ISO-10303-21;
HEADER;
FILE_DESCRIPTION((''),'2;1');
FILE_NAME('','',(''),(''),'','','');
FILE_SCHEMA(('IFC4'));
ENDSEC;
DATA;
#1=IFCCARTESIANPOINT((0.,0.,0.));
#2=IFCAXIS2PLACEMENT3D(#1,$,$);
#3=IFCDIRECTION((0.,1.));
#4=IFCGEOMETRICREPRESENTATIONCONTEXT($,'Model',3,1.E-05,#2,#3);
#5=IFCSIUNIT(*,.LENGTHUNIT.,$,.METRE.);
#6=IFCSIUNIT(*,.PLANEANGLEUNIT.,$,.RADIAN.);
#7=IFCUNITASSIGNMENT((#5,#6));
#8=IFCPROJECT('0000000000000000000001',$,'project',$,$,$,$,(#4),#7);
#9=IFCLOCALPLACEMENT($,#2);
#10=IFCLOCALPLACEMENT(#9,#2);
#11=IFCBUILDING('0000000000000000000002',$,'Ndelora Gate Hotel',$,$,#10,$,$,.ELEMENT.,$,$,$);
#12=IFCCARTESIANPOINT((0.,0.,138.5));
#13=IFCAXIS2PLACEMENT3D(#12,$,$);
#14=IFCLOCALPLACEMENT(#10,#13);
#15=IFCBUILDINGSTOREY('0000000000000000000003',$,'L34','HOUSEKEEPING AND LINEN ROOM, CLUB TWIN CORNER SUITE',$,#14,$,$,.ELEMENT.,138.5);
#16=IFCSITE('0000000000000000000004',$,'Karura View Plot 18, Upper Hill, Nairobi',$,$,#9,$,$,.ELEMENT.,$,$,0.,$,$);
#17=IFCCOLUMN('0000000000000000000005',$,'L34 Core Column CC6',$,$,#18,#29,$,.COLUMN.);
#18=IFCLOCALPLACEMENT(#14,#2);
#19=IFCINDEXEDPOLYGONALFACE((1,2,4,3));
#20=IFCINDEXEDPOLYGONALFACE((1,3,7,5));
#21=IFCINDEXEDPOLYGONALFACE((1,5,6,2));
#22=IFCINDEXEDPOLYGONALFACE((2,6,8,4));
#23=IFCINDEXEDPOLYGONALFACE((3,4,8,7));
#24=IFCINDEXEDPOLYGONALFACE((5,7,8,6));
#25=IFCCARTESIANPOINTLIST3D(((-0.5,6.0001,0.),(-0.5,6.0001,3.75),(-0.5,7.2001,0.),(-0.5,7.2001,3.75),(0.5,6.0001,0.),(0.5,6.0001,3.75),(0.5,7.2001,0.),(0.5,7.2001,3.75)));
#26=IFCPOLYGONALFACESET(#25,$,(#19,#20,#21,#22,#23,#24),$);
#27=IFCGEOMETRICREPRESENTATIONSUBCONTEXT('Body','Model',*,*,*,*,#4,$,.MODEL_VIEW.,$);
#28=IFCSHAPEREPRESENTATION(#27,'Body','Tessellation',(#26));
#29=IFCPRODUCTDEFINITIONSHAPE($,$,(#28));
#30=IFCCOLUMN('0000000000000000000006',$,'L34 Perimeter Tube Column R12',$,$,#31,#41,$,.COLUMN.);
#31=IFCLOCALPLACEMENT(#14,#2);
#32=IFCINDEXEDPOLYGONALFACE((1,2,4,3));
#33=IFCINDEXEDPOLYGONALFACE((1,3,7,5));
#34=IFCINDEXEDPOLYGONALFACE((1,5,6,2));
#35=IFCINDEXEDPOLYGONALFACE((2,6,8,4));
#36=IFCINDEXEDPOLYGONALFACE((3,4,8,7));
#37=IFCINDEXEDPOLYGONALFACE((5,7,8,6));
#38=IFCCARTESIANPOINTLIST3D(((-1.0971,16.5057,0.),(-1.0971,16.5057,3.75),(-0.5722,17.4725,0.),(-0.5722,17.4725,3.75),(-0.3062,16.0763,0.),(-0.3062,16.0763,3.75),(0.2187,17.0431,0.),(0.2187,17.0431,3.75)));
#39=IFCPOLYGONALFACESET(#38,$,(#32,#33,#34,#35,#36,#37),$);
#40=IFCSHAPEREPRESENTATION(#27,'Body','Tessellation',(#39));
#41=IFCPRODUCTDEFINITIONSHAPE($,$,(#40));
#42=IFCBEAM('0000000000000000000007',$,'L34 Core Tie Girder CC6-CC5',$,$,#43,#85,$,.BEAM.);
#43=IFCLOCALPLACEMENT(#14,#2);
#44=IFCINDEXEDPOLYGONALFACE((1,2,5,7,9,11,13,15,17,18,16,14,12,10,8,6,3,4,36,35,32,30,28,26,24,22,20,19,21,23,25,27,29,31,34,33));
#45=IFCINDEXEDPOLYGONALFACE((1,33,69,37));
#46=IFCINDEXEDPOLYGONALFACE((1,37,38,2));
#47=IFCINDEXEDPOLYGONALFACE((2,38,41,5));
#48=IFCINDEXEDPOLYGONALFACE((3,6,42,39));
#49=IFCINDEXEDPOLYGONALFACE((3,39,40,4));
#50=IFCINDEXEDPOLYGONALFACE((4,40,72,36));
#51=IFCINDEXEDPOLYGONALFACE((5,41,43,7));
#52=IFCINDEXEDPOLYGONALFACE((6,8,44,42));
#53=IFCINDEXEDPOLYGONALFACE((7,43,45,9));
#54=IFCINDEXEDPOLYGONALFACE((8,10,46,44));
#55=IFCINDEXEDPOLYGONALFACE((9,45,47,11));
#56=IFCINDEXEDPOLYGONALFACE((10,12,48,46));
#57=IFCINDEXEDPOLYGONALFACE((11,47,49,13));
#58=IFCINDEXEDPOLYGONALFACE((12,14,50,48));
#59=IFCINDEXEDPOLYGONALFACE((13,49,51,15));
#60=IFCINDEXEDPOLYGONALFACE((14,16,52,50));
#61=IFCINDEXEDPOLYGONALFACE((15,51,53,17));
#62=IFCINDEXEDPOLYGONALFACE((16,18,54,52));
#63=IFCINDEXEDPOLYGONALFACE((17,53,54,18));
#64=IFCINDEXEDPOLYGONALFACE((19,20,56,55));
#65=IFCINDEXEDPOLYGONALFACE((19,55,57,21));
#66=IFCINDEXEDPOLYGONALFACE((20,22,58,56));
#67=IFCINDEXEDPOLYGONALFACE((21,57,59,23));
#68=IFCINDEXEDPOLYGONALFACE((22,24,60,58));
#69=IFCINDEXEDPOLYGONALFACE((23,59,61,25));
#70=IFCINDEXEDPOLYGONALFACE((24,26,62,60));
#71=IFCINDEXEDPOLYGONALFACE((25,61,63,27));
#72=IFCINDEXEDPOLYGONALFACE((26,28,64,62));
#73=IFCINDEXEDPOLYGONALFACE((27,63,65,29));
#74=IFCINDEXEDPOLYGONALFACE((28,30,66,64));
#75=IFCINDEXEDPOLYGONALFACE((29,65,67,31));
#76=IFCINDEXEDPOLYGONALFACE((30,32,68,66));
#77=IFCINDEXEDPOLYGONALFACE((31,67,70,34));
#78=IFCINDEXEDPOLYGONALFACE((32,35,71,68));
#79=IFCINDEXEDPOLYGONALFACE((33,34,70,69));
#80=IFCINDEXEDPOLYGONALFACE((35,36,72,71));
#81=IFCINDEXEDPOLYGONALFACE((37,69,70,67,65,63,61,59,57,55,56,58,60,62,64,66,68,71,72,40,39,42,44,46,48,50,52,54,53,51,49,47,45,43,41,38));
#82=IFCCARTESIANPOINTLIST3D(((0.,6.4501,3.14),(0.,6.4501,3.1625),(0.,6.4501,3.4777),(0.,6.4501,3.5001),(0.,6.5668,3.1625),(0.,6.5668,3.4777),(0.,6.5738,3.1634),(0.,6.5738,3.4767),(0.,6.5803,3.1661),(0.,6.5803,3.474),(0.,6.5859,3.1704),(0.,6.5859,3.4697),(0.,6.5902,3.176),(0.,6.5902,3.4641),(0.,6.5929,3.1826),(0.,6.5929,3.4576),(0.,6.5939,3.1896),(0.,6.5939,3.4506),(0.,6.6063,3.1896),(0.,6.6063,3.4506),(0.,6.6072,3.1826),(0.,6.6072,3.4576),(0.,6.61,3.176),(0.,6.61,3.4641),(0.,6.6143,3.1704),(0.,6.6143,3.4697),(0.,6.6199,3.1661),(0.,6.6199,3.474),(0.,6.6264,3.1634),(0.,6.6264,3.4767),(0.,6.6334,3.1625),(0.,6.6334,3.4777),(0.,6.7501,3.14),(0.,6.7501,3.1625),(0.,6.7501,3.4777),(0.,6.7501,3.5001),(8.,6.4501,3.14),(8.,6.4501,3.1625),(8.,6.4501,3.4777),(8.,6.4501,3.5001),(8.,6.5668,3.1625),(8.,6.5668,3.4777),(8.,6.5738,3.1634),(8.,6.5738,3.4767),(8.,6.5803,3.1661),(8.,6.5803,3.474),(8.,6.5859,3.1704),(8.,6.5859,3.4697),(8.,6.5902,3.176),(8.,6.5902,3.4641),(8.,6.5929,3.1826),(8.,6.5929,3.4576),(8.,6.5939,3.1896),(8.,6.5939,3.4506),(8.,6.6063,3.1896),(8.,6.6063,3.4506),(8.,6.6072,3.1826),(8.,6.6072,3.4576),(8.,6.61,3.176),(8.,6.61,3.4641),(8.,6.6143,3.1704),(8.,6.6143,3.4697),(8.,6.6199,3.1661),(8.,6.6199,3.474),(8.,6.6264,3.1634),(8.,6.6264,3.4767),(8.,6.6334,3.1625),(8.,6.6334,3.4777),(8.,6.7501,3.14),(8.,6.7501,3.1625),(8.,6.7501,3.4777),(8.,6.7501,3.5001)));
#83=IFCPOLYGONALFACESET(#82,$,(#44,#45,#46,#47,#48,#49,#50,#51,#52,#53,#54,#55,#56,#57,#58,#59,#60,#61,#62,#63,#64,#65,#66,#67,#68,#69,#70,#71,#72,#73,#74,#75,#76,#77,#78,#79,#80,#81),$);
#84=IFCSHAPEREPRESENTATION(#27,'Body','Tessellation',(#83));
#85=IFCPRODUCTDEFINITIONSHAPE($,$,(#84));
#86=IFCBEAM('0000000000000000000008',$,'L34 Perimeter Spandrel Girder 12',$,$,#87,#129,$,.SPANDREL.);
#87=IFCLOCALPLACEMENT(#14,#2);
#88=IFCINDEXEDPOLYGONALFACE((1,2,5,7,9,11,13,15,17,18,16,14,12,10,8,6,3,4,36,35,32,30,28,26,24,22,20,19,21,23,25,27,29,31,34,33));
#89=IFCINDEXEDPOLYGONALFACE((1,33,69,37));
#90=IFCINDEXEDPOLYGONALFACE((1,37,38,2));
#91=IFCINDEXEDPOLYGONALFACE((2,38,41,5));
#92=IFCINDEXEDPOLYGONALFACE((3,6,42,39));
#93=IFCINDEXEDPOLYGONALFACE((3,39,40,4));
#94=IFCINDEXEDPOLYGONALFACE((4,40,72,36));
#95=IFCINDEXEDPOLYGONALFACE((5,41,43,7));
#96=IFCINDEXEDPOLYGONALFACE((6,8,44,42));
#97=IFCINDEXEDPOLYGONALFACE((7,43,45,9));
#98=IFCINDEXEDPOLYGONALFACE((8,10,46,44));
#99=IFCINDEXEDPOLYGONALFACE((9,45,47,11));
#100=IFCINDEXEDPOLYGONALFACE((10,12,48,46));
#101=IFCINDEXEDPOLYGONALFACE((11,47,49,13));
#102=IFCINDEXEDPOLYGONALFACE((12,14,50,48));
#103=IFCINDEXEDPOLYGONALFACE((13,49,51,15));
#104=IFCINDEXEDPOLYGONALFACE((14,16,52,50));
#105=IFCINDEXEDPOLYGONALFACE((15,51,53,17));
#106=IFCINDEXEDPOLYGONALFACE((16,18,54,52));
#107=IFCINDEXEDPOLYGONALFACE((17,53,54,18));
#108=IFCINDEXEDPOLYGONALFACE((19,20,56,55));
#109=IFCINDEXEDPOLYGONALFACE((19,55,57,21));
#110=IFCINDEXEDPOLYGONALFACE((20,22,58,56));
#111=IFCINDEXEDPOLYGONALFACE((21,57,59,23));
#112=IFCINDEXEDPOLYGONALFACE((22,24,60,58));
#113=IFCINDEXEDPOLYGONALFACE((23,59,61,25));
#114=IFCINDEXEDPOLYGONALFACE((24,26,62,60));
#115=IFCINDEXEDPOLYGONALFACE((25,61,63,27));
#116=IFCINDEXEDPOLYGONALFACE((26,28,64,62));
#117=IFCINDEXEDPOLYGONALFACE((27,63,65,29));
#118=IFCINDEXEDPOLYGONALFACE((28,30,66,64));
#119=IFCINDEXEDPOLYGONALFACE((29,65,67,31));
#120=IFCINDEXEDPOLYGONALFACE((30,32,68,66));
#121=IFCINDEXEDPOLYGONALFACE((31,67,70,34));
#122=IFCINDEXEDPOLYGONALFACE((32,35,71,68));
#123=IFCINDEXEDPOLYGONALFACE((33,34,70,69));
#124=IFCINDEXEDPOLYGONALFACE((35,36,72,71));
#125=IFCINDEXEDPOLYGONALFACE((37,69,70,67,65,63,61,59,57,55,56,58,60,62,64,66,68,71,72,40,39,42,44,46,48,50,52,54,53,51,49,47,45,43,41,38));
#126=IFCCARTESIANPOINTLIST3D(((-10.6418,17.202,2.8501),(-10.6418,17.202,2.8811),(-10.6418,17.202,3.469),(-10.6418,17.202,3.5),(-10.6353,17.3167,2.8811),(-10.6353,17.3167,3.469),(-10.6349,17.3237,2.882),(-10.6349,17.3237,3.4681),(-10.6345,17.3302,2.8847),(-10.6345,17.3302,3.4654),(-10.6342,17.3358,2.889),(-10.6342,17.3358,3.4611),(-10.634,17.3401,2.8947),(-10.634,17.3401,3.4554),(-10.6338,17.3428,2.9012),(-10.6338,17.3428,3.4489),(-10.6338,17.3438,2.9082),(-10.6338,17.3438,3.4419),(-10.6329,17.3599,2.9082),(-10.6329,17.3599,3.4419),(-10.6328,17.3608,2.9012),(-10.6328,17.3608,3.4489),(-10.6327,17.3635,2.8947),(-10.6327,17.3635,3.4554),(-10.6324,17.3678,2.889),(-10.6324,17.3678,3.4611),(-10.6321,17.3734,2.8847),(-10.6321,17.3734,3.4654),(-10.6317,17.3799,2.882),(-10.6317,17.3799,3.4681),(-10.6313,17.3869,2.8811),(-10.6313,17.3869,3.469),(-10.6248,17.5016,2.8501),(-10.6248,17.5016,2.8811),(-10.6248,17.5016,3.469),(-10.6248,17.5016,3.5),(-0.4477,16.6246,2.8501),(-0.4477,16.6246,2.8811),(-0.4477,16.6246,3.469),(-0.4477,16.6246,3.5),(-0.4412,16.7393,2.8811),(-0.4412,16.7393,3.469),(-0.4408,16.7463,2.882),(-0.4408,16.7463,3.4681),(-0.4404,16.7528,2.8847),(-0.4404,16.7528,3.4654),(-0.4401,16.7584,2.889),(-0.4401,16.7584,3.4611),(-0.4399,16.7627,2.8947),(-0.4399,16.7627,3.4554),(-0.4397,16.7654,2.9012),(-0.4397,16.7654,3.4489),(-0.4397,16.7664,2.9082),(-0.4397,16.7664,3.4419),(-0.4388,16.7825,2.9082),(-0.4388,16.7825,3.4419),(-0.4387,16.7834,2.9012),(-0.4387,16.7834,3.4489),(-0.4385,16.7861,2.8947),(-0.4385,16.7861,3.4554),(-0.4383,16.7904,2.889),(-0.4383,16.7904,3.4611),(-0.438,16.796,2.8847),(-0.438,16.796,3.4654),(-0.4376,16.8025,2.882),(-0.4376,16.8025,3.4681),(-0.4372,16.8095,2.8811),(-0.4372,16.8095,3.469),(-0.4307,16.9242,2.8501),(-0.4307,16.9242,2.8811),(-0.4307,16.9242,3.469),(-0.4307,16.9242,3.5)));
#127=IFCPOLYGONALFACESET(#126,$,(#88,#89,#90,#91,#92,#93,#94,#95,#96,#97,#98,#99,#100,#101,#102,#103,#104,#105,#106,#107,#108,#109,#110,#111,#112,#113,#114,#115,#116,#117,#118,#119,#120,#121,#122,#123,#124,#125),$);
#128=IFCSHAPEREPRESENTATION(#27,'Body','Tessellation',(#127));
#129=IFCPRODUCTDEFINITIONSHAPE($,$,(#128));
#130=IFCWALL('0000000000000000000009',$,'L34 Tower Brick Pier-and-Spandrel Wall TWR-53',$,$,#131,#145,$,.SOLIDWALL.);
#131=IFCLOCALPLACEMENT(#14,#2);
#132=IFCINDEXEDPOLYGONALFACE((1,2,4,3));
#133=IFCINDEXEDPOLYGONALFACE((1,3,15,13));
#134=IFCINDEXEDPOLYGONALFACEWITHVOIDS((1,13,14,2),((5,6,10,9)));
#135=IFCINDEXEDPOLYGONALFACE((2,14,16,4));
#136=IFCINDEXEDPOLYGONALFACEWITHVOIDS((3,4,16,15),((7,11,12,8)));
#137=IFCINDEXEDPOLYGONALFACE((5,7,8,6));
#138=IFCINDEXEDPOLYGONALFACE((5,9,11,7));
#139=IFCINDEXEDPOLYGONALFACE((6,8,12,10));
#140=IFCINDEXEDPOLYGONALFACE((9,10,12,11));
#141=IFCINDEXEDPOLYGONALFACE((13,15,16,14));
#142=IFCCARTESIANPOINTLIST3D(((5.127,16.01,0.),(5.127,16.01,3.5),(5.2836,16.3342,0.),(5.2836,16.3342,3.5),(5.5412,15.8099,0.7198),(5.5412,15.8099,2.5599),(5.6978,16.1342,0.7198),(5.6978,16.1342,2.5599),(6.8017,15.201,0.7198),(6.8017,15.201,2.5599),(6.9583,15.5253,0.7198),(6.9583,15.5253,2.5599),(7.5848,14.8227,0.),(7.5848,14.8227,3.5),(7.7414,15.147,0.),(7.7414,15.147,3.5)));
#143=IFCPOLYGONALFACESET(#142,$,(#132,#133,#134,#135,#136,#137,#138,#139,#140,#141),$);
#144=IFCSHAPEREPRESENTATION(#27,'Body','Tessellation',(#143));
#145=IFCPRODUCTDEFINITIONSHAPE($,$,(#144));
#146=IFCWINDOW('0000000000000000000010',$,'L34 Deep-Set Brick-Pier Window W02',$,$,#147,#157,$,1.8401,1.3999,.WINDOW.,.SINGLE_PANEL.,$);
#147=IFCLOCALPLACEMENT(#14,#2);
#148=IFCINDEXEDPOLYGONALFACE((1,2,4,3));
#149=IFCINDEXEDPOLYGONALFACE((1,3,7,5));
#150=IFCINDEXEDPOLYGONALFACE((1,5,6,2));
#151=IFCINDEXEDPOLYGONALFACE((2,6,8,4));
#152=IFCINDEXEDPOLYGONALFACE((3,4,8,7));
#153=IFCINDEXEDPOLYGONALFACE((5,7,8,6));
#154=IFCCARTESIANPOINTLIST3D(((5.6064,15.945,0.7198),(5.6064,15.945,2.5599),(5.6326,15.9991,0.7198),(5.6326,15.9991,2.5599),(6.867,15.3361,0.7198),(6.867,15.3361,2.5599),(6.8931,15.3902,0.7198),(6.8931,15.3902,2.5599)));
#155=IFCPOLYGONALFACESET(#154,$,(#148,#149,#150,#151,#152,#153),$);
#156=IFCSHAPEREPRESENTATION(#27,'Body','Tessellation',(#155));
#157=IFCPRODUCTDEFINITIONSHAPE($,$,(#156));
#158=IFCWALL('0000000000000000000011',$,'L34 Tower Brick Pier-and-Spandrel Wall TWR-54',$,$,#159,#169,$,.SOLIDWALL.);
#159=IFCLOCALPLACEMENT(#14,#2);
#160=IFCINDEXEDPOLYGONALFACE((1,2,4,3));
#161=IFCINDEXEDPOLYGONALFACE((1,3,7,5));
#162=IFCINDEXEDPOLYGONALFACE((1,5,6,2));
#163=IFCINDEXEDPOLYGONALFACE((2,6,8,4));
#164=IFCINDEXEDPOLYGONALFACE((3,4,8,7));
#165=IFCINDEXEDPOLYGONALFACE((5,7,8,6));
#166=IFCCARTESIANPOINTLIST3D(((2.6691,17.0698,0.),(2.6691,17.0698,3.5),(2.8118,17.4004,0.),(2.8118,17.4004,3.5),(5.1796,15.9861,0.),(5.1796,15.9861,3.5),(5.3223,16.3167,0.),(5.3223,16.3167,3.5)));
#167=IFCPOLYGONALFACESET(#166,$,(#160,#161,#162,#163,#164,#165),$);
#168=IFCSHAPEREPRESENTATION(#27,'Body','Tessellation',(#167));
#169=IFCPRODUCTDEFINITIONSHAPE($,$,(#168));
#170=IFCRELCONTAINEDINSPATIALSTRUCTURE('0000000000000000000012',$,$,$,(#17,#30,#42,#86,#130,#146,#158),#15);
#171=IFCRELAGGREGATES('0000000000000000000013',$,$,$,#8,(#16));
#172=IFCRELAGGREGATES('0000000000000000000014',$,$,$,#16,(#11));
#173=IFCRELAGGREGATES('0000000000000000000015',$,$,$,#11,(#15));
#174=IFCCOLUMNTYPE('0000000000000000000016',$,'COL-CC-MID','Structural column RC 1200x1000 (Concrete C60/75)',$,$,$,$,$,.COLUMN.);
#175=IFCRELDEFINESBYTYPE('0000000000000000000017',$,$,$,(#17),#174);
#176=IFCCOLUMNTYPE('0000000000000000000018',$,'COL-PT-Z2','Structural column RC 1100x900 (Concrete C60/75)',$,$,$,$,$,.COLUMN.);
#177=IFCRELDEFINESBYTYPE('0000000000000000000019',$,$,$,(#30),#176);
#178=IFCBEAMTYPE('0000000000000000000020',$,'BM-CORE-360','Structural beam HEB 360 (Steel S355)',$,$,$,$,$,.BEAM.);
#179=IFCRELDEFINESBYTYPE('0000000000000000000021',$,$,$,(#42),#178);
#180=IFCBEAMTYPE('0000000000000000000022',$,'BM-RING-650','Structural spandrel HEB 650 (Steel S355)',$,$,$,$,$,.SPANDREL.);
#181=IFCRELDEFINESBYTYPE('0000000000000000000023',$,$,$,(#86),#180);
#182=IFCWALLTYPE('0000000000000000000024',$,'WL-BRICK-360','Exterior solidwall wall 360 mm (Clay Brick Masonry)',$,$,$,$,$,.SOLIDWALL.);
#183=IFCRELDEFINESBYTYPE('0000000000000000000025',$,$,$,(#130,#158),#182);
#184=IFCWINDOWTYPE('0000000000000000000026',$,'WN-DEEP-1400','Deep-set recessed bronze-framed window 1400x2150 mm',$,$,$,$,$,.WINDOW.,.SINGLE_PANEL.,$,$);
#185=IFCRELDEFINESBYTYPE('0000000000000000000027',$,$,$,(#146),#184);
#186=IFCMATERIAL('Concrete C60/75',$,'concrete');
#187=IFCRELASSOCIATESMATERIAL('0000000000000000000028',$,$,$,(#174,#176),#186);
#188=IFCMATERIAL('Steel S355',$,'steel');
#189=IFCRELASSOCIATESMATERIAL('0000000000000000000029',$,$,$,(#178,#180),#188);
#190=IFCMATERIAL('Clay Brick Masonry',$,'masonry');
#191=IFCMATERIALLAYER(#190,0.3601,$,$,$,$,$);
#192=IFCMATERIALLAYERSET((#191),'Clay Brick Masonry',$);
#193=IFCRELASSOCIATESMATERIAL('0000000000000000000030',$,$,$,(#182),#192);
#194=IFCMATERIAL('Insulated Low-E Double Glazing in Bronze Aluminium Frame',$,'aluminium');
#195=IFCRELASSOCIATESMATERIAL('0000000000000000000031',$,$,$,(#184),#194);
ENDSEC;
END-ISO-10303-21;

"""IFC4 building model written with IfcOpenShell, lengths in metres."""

from ifc_helpers import new_model, si_unit, direction, frame, frame_2d, origin, origin_2d, place, context, subcontext, project, spatial, rectangle, i_section, extrude, material, layer, layer_set, material_profile, profile_set, type_object, element, fill, save


model = new_model("IFC4")

# Units and contexts
model_context = context("Model", 3, precision=1e-05, world=origin(), true_north=direction((0.0, 1.0)))
body_context = subcontext(model_context, "Body", "Model", "MODEL_VIEW")
ifc_project = project(units=[si_unit("LENGTHUNIT", "METRE"), si_unit("PLANEANGLEUNIT", "RADIAN")], contexts=[model_context])

# Site, building, storey
site_placement = place(None, origin())
site = spatial("IfcSite", under=ifc_project, at=site_placement, Name="Karura View Plot 18, Upper Hill, Nairobi", CompositionType="ELEMENT", RefElevation=0.0)
building_placement = place(site_placement, origin())
building = spatial("IfcBuilding", under=site, at=building_placement, Name="Ndelora Gate Hotel", CompositionType="ELEMENT")
storey_placement = place(building_placement, frame((0.0, 0.0, 138.5)))
storey = spatial("IfcBuildingStorey", under=building, at=storey_placement, Name="L34", Description="HOUSEKEEPING AND LINEN ROOM, CLUB TWIN CORNER SUITE", CompositionType="ELEMENT", Elevation=138.5)

# Columns
ifc_material_1 = material(Name="Concrete C60/75", Category="concrete")
ifc_material_profile_1 = material_profile(ifc_material_1, rectangle(XDim=1.0, YDim=1.2, at=origin_2d()), Name="RC 1200x1000")
ifc_profile_set_1 = profile_set([ifc_material_profile_1], Name="Concrete C60/75")
column_type_1 = type_object("IfcColumnType", Name="COL-CC-MID", Description="Structural column RC 1200x1000 (Concrete C60/75)", PredefinedType="COLUMN", material=ifc_profile_set_1)
column_1_placement = place(storey_placement, frame((0.0, 6.6001, 0.0), z_axis=(0.0, 0.0, 1.0), x_axis=(1.0, 0.0, 0.0)))
element("IfcColumn", 1, at=column_1_placement, inside=storey, type_object=column_type_1, Name="L34 Core Column CC6", PredefinedType="COLUMN", context=body_context, shape_type="SweptSolid", body=[
    extrude(rectangle(XDim=1.0, YDim=1.2, at=origin_2d()), origin(), (0.0, 0.0, 1.0), 3.75),
])
ifc_material_profile_2 = material_profile(ifc_material_1, rectangle(XDim=0.8999, YDim=1.1001, at=origin_2d()), Name="RC 1100x900")
ifc_profile_set_2 = profile_set([ifc_material_profile_2], Name="Concrete C60/75")
column_type_2 = type_object("IfcColumnType", Name="COL-PT-Z2", Description="Structural column RC 1100x900 (Concrete C60/75)", PredefinedType="COLUMN", material=ifc_profile_set_2)
column_2_placement = place(storey_placement, frame((-0.4392, 16.7744, 0.0), z_axis=(0.0, 0.0, 1.0), x_axis=(-0.878817, 0.477159, 0.0)))
element("IfcColumn", 2, at=column_2_placement, inside=storey, type_object=column_type_2, Name="L34 Perimeter Tube Column R12", PredefinedType="COLUMN", context=body_context, shape_type="SweptSolid", body=[
    extrude(rectangle(XDim=0.8999, YDim=1.1001, at=origin_2d()), origin(), (0.0, 0.0, 1.0), 3.75),
])

# Beams
ifc_material_2 = material(Name="Steel S355", Category="steel")
ifc_material_profile_3 = material_profile(ifc_material_2, i_section(OverallWidth=0.3, OverallDepth=0.3601, WebThickness=0.0125, FlangeThickness=0.0225, FilletRadius=0.0271, at=origin_2d()), Name="HEB 360")
ifc_profile_set_3 = profile_set([ifc_material_profile_3], Name="Steel S355")
beam_type_1 = type_object("IfcBeamType", Name="BM-CORE-360", Description="Structural beam HEB 360 (Steel S355)", PredefinedType="BEAM", material=ifc_profile_set_3)
beam_1_placement = place(storey_placement, frame((0.0, 6.6001, 3.3201), z_axis=(1.0, 0.0, 0.0), x_axis=(0.0, 1.0, 0.0)))
element("IfcBeam", 3, at=beam_1_placement, inside=storey, type_object=beam_type_1, Name="L34 Core Tie Girder CC6-CC5", PredefinedType="BEAM", context=body_context, shape_type="SweptSolid", body=[
    extrude(i_section(OverallWidth=0.3, OverallDepth=0.3601, WebThickness=0.0125, FlangeThickness=0.0225, FilletRadius=0.0271, at=origin_2d()), origin(), (0.0, 0.0, 1.0), 8.0),
])
ifc_material_profile_4 = material_profile(ifc_material_2, i_section(OverallWidth=0.3, OverallDepth=0.6499, WebThickness=0.0161, FlangeThickness=0.031, FilletRadius=0.0271, at=origin_2d()), Name="HEB 650")
ifc_profile_set_4 = profile_set([ifc_material_profile_4], Name="Steel S355")
beam_type_2 = type_object("IfcBeamType", Name="BM-RING-650", Description="Structural spandrel HEB 650 (Steel S355)", PredefinedType="SPANDREL", material=ifc_profile_set_4)
beam_2_placement = place(storey_placement, frame((-0.4392, 16.7744, 3.175), z_axis=(-0.9984, 0.056549, 0.0), x_axis=(-0.056549, -0.9984, 0.0)))
element("IfcBeam", 4, at=beam_2_placement, inside=storey, type_object=beam_type_2, Name="L34 Perimeter Spandrel Girder 12", PredefinedType="SPANDREL", context=body_context, shape_type="SweptSolid", body=[
    extrude(i_section(OverallWidth=0.3, OverallDepth=0.6499, WebThickness=0.0161, FlangeThickness=0.031, FilletRadius=0.0271, at=origin_2d()), origin(), (0.0, 0.0, 1.0), 10.2104),
])

# Wall, opening, window
ifc_material_3 = material(Name="Clay Brick Masonry", Category="masonry")
ifc_layer_1 = layer(ifc_material_3, 0.3601)
ifc_layer_set_1 = layer_set([ifc_layer_1], Name="Clay Brick Masonry")
wall_type_1 = type_object("IfcWallType", Name="WL-BRICK-360", Description="Exterior solidwall wall 360 mm (Clay Brick Masonry)", PredefinedType="SOLIDWALL", material=ifc_layer_set_1)
wall_1_placement = place(storey_placement, frame((5.2053, 16.1721, 0.0), z_axis=(0.0, 0.0, 1.0), x_axis=(0.900444, -0.434972, 0.0)))
wall_1 = element("IfcWall", 5, at=wall_1_placement, inside=storey, type_object=wall_type_1, Name="L34 Tower Brick Pier-and-Spandrel Wall TWR-53", PredefinedType="SOLIDWALL", context=body_context, shape_type="SweptSolid", body=[
    extrude(rectangle(XDim=2.7295, YDim=0.3601, at=frame_2d((1.3647, 0.0))), origin(), (0.0, 0.0, 1.0), 3.5),
])
opening_1_placement = place(wall_1_placement, frame((0.46, 0.0, 0.72)))
opening_1 = element("IfcOpeningElement", 6, at=opening_1_placement, cuts=wall_1, PredefinedType="OPENING", context=body_context, shape_type="SweptSolid", body=[
    extrude(rectangle(XDim=1.3999, YDim=1.8401, at=frame_2d((0.7, 0.9199))), frame((0.0, 0.1899, 0.0), z_axis=(0.0, -1.0, 0.0), x_axis=(1.0, 0.0, 0.0)), (0.0, 0.0, 1.0), 0.3801),
])
ifc_material_4 = material(Name="Insulated Low-E Double Glazing in Bronze Aluminium Frame", Category="aluminium")
window_type = type_object("IfcWindowType", Name="WN-DEEP-1400", Description="Deep-set recessed bronze-framed window 1400x2150 mm", PartitioningType="SINGLE_PANEL", PredefinedType="WINDOW", material=ifc_material_4)
window_1_placement = place(opening_1_placement, origin())
window_1 = element("IfcWindow", 7, at=window_1_placement, inside=storey, type_object=window_type, Name="L34 Deep-Set Brick-Pier Window W02", OverallHeight=1.8401, OverallWidth=1.3999, PartitioningType="SINGLE_PANEL", PredefinedType="WINDOW", context=body_context, shape_type="SweptSolid", body=[
    extrude(rectangle(XDim=1.3999, YDim=1.8401, at=frame_2d((0.7, 0.9199))), frame((0.0, 0.03, 0.0), z_axis=(0.0, -1.0, 0.0), x_axis=(1.0, 0.0, 0.0)), (0.0, 0.0, 1.0), 0.0601),
])
fill(opening_1, window_1)

# Wall
wall_2_placement = place(storey_placement, frame((2.7405, 17.2351, 0.0), z_axis=(0.0, 0.0, 1.0), x_axis=(0.918107, -0.396332, 0.0)))
element("IfcWall", 8, at=wall_2_placement, inside=storey, type_object=wall_type_1, Name="L34 Tower Brick Pier-and-Spandrel Wall TWR-54", PredefinedType="SOLIDWALL", context=body_context, shape_type="SweptSolid", body=[
    extrude(rectangle(XDim=2.7344, YDim=0.3601, at=frame_2d((1.3672, 0.0))), origin(), (0.0, 0.0, 1.0), 3.5),
])

save(model, "model.ifc")
